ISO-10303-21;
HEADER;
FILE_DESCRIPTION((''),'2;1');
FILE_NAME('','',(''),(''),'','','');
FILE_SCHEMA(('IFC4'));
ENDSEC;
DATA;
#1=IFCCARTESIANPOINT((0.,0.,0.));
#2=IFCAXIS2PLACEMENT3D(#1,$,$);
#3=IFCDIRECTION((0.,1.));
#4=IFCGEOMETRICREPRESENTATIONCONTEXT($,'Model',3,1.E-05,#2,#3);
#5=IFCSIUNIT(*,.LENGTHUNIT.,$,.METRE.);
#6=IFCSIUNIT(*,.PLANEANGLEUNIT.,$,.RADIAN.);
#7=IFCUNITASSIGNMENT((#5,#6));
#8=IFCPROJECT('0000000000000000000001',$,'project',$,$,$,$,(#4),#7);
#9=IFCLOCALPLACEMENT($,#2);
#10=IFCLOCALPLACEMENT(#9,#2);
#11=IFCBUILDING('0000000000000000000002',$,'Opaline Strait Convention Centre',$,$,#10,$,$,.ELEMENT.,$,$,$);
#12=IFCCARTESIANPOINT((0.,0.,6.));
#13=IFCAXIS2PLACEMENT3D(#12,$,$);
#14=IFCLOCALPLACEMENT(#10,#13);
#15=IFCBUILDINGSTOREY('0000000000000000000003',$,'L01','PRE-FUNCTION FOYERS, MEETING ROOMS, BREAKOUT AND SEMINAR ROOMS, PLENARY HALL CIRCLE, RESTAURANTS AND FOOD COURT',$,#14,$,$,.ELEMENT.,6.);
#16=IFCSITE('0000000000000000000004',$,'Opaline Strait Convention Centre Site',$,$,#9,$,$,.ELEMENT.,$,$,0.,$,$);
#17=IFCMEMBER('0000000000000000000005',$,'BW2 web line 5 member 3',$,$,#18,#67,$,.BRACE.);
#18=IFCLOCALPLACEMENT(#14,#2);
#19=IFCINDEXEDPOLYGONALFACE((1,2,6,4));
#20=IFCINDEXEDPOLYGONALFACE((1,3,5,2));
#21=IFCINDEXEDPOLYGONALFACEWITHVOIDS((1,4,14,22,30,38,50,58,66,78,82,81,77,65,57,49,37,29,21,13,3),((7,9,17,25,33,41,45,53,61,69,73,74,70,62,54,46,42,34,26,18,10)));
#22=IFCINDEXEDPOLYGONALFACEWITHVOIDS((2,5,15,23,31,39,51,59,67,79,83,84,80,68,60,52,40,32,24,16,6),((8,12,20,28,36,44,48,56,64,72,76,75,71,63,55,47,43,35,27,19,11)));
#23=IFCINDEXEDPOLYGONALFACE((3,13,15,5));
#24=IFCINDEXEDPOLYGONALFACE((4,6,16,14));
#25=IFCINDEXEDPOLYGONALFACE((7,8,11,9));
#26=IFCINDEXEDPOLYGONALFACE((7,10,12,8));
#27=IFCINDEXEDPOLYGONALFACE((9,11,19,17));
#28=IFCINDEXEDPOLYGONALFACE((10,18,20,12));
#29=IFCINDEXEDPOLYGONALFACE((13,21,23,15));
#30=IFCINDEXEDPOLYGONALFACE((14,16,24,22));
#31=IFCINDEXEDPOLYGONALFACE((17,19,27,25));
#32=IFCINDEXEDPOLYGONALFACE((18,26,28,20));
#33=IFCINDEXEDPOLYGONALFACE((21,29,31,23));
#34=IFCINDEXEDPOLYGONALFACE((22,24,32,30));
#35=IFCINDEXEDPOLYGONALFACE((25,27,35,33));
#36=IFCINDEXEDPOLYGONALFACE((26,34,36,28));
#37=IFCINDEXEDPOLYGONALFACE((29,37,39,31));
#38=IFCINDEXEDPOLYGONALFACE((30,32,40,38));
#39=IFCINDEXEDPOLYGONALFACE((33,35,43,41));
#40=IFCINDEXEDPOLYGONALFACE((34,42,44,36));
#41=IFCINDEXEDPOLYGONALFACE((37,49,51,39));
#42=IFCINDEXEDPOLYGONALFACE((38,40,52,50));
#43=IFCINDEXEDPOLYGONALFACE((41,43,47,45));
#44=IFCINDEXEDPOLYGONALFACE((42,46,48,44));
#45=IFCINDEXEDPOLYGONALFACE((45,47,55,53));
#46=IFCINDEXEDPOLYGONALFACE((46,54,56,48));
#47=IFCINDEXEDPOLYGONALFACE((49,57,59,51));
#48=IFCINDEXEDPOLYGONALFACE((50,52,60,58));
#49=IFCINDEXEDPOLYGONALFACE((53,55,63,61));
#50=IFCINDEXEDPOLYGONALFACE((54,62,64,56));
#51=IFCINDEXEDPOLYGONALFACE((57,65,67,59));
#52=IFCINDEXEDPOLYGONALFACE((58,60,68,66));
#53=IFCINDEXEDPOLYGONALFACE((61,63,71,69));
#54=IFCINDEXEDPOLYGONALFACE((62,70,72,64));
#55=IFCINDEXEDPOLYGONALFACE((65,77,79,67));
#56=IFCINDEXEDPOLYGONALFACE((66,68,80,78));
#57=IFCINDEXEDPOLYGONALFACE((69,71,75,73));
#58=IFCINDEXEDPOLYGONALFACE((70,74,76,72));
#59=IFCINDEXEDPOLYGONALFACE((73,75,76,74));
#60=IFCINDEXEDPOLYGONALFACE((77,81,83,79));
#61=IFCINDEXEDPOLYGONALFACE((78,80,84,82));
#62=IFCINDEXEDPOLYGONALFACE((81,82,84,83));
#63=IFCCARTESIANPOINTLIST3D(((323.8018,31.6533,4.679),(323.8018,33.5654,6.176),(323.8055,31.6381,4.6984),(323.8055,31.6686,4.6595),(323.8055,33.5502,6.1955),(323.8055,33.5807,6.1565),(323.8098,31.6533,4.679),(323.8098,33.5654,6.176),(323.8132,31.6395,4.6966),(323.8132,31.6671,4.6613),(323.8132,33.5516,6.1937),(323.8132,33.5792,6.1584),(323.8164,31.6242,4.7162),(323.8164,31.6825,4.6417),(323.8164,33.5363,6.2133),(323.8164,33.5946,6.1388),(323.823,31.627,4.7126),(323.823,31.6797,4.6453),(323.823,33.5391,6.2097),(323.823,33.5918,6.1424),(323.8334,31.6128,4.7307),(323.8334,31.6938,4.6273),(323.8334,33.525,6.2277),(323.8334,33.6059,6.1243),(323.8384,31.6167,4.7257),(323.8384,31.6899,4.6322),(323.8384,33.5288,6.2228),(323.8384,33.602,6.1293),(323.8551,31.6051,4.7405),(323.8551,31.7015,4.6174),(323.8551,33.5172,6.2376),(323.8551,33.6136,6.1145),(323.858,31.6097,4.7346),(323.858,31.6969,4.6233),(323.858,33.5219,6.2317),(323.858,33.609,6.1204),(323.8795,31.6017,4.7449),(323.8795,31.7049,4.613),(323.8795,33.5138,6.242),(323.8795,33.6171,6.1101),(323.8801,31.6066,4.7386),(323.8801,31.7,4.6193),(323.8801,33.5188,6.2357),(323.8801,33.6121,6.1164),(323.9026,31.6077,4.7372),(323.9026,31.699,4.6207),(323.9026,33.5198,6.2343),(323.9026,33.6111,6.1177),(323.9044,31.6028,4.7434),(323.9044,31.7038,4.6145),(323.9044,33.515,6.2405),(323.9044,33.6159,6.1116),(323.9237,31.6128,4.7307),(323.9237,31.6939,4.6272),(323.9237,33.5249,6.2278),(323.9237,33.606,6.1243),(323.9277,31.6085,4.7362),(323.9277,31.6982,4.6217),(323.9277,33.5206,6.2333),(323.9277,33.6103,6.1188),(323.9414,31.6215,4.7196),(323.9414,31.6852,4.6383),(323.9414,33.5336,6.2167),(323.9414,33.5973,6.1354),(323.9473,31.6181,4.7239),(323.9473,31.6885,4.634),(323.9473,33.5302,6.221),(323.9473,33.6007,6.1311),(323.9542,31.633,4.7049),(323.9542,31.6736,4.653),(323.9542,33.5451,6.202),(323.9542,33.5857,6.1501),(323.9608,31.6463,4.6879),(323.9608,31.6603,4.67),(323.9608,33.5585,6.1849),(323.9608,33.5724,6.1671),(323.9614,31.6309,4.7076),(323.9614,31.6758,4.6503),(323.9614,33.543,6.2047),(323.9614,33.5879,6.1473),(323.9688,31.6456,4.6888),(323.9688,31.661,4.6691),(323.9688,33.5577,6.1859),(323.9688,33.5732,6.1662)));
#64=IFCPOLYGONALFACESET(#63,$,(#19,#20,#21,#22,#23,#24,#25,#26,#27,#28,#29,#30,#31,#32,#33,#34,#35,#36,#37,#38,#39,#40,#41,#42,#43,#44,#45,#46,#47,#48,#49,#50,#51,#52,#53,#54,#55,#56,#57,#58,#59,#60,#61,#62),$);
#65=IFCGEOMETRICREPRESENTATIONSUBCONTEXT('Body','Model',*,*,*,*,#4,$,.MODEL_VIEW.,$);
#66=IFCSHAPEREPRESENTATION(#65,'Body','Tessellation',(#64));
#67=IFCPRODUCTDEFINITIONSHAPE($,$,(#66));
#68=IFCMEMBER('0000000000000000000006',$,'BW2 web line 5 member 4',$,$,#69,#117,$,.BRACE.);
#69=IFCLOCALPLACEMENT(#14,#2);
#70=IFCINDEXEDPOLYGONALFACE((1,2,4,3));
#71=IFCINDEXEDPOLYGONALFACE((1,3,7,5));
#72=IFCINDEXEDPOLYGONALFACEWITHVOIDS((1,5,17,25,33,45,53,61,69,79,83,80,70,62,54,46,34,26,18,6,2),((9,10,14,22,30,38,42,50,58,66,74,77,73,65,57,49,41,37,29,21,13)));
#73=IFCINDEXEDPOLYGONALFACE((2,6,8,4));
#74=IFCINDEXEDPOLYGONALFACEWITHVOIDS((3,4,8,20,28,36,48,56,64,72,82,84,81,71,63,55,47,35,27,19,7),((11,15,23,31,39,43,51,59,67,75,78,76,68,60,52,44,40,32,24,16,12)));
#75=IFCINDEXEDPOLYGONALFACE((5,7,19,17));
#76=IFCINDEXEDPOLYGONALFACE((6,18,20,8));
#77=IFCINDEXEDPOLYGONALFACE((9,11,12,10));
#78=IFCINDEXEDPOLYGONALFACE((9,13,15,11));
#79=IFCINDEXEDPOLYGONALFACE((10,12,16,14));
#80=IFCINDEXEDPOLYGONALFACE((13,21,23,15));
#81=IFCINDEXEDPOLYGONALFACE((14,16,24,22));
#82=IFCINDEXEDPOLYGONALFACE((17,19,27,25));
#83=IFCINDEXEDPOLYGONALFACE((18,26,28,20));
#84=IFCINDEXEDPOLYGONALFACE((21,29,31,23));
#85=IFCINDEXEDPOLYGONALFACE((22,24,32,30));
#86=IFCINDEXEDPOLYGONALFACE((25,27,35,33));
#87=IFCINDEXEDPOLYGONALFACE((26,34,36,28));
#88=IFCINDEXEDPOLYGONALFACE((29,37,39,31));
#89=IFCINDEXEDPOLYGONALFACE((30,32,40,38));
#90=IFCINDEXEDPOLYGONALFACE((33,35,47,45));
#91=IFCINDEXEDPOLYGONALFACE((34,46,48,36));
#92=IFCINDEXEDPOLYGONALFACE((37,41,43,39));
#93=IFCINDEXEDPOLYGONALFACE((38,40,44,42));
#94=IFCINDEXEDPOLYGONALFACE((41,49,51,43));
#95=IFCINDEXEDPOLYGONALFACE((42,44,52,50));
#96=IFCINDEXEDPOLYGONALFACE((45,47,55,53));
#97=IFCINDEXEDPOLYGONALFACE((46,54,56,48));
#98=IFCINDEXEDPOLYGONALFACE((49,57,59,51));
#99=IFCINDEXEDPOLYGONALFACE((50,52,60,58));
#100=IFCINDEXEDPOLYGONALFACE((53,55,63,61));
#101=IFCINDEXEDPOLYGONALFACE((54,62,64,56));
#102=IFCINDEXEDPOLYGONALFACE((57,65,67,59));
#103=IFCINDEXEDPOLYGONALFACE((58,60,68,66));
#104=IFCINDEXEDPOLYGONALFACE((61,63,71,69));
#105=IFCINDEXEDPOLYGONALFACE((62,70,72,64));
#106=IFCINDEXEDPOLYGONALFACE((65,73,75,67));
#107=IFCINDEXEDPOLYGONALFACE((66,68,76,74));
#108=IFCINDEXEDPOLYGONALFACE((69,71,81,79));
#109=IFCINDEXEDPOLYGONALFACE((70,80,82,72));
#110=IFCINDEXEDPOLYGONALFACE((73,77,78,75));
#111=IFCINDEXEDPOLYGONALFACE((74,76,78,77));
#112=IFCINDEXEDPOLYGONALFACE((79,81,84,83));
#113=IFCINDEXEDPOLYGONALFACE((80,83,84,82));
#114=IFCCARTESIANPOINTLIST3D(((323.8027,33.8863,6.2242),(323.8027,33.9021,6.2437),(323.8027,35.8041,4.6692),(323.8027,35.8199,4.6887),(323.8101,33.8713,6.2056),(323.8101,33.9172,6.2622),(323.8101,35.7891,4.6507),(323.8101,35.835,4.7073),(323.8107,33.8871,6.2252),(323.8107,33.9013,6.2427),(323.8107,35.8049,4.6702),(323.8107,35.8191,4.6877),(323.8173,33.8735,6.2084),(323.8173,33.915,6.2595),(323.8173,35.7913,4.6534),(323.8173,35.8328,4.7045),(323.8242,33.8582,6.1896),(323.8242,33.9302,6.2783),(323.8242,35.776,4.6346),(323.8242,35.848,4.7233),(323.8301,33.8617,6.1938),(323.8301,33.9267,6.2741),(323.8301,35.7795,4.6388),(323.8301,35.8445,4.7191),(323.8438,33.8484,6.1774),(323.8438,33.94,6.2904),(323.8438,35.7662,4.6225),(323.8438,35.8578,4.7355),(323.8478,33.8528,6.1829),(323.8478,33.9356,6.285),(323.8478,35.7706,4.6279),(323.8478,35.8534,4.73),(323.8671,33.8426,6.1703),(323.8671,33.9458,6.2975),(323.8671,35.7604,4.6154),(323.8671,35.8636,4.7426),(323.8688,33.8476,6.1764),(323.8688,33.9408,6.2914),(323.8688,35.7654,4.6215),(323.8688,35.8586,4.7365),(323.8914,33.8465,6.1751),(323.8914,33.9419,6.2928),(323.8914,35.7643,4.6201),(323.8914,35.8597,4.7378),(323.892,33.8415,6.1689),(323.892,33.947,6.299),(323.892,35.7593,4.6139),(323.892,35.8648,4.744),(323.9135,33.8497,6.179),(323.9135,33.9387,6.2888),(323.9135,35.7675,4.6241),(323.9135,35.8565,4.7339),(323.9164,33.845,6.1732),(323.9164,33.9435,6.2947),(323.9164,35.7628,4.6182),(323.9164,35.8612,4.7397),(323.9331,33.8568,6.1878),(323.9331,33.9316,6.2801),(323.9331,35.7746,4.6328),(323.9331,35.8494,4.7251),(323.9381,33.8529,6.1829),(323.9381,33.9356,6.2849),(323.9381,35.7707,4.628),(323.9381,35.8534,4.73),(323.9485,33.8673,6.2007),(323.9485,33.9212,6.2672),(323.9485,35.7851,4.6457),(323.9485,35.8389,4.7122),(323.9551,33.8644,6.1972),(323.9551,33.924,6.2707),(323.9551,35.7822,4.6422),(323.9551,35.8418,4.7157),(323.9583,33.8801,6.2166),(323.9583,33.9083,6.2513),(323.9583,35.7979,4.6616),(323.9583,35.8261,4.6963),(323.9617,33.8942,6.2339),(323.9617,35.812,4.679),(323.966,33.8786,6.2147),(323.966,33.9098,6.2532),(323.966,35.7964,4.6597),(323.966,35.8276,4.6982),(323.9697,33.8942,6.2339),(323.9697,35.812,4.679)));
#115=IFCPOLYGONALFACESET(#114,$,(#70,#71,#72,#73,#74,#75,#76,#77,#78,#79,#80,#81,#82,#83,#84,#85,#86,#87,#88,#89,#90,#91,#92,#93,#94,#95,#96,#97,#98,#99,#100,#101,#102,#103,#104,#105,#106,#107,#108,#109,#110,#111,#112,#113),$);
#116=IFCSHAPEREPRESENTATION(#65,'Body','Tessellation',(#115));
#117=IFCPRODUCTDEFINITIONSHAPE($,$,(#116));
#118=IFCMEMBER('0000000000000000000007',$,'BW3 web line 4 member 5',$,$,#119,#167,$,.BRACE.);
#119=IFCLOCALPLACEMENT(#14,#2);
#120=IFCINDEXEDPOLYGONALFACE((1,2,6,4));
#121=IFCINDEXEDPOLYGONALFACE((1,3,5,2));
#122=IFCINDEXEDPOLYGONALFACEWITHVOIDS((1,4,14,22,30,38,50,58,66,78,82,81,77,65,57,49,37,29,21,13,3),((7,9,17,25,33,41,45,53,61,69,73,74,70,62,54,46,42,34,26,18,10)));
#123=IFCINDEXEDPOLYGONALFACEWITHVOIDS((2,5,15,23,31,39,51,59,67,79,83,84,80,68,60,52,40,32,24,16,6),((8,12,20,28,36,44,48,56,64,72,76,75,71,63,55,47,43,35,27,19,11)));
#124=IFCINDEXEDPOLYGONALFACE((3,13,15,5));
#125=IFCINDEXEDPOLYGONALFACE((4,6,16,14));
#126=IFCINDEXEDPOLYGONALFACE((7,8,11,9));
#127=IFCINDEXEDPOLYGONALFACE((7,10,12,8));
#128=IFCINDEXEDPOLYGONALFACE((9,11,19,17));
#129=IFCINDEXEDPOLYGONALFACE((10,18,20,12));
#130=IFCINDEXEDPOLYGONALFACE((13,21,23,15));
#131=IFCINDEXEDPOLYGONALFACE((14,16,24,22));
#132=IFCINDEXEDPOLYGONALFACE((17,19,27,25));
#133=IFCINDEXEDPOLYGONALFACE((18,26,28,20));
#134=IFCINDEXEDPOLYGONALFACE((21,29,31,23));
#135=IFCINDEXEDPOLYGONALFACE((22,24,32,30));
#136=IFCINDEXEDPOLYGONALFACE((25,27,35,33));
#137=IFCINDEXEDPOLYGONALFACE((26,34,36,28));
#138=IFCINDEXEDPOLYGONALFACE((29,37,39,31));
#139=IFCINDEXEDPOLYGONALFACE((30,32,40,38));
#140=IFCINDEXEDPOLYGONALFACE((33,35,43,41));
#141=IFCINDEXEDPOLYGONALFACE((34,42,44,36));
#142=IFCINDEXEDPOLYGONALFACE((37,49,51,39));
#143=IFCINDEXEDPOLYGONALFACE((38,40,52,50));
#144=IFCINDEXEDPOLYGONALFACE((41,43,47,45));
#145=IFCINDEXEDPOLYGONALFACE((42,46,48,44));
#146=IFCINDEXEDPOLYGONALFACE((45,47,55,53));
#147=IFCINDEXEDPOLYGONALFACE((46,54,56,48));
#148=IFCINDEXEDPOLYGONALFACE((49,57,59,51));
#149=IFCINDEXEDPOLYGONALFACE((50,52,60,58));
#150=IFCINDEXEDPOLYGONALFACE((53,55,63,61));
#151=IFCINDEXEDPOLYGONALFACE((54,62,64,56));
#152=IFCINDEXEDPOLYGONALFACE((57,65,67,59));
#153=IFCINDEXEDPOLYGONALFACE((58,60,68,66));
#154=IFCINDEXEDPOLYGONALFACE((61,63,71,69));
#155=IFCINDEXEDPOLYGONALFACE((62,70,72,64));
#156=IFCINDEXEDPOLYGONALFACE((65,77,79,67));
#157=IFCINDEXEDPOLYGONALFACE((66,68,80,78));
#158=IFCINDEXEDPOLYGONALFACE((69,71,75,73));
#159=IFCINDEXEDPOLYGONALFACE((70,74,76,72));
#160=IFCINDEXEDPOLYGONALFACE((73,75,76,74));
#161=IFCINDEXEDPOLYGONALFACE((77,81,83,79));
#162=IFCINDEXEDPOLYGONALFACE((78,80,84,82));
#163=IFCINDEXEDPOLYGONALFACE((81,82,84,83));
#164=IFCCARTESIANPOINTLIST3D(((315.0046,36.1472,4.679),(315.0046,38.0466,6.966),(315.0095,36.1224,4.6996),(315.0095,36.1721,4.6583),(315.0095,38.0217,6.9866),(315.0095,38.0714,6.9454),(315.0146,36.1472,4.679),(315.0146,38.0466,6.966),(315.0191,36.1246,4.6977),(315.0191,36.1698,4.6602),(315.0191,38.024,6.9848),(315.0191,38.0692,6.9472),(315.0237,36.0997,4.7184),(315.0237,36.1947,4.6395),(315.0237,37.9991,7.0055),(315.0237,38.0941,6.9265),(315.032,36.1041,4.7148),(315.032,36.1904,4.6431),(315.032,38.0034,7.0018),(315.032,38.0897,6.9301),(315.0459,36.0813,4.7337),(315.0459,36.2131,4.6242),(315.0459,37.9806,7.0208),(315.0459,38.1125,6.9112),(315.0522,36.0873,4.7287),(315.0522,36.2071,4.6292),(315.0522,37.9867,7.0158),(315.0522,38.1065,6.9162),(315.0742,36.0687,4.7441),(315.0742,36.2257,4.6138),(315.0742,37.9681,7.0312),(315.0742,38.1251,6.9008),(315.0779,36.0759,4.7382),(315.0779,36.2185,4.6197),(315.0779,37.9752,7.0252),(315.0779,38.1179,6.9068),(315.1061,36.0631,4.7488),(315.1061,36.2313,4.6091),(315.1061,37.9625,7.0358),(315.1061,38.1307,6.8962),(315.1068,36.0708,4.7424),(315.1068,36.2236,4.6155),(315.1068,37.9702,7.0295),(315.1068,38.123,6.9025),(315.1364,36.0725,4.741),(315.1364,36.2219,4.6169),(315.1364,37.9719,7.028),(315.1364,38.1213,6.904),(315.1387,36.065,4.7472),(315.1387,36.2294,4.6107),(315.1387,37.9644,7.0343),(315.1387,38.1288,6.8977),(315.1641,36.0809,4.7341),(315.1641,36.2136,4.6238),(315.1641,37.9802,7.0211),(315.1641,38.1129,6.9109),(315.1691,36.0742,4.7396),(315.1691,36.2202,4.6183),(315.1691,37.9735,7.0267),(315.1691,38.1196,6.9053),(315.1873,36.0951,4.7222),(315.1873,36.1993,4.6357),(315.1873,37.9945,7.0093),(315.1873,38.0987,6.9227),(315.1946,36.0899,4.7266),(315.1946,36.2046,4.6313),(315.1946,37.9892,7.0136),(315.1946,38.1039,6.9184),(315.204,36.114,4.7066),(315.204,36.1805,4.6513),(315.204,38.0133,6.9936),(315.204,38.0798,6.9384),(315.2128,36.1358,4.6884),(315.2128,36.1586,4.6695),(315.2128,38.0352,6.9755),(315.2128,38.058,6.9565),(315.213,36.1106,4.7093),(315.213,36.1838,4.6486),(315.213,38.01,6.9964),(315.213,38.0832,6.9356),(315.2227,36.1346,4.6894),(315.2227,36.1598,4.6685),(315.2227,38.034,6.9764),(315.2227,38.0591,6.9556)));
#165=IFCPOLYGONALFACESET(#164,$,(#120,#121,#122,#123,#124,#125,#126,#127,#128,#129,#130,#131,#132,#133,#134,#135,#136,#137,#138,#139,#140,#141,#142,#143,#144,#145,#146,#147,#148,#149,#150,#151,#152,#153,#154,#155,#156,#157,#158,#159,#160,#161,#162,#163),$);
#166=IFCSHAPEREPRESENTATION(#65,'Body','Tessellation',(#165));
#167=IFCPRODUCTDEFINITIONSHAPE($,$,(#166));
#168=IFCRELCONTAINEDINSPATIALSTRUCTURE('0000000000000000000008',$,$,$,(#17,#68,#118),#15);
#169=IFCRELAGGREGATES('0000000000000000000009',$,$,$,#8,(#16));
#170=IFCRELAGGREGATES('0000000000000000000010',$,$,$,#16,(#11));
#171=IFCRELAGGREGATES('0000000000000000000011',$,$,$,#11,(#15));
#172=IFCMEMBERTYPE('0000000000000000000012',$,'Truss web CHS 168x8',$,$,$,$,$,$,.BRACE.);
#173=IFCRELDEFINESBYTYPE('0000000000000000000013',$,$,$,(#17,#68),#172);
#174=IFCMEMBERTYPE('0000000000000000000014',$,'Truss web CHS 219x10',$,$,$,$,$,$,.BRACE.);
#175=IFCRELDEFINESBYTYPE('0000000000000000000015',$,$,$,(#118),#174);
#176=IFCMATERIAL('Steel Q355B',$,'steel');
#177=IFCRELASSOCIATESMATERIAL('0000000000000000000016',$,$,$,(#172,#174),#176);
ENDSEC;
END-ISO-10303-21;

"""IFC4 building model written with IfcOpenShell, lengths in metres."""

from ifc_helpers import new_model, si_unit, direction, frame, origin, origin_2d, place, context, subcontext, project, spatial, hollow_circle, extrude, material, material_profile, profile_set, type_object, element, save


model = new_model("IFC4")

# Units and contexts
model_context = context("Model", 3, precision=1e-05, world=origin(), true_north=direction((0.0, 1.0)))
body_context = subcontext(model_context, "Body", "Model", "MODEL_VIEW")
ifc_project = project(units=[si_unit("LENGTHUNIT", "METRE"), si_unit("PLANEANGLEUNIT", "RADIAN")], contexts=[model_context])

# Site, building, storey
site_placement = place(None, origin())
site = spatial("IfcSite", under=ifc_project, at=site_placement, Name="Opaline Strait Convention Centre Site", CompositionType="ELEMENT", RefElevation=0.0)
building_placement = place(site_placement, origin())
building = spatial("IfcBuilding", under=site, at=building_placement, Name="Opaline Strait Convention Centre", CompositionType="ELEMENT")
storey_placement = place(building_placement, frame((0.0, 0.0, 6.0)))
storey = spatial("IfcBuildingStorey", under=building, at=storey_placement, Name="L01", Description="PRE-FUNCTION FOYERS, MEETING ROOMS, BREAKOUT AND SEMINAR ROOMS, PLENARY HALL CIRCLE, RESTAURANTS AND FOOD COURT", CompositionType="ELEMENT", Elevation=6.0)

# Members
ifc_material_1 = material(Name="Steel Q355B", Category="steel")
ifc_material_profile_1 = material_profile(ifc_material_1, hollow_circle(Radius=0.084, WallThickness=0.0081, at=origin_2d()), Name="CHS 168x8")
ifc_profile_set_1 = profile_set([ifc_material_profile_1], Name="Steel Q355B")
member_type_1 = type_object("IfcMemberType", Name="Truss web CHS 168x8", PredefinedType="BRACE", material=ifc_profile_set_1)
member_1_placement = place(storey_placement, frame((323.8857, 31.6533, 4.679), z_axis=(0.0, 0.787378, 0.616471), x_axis=(-1.0, 0.0, 0.0)))
element("IfcMember", 1, at=member_1_placement, inside=storey, type_object=member_type_1, Name="BW2 web line 5 member 3", PredefinedType="BRACE", context=body_context, shape_type="SweptSolid", body=[
    extrude(hollow_circle(Radius=0.084, WallThickness=0.0081, at=origin_2d()), origin(), (0.0, 0.0, 1.0), 2.4285),
])
member_2_placement = place(storey_placement, frame((323.8857, 35.812, 4.679), z_axis=(0.0, -0.776752, 0.629807), x_axis=(1.0, 0.0, 0.0)))
element("IfcMember", 2, at=member_2_placement, inside=storey, type_object=member_type_1, Name="BW2 web line 5 member 4", PredefinedType="BRACE", context=body_context, shape_type="SweptSolid", body=[
    extrude(hollow_circle(Radius=0.084, WallThickness=0.0081, at=origin_2d()), origin(), (0.0, 0.0, 1.0), 2.469),
])
ifc_material_profile_2 = material_profile(ifc_material_1, hollow_circle(Radius=0.1096, WallThickness=0.01, at=origin_2d()), Name="CHS 219x10")
ifc_profile_set_2 = profile_set([ifc_material_profile_2], Name="Steel Q355B")
member_type_2 = type_object("IfcMemberType", Name="Truss web CHS 219x10", PredefinedType="BRACE", material=ifc_profile_set_2)
member_3_placement = place(storey_placement, frame((315.1143, 36.1472, 4.679), z_axis=(0.0, 0.638891, 0.769297), x_axis=(-1.0, 0.0, 0.0)))
element("IfcMember", 3, at=member_3_placement, inside=storey, type_object=member_type_2, Name="BW3 web line 4 member 5", PredefinedType="BRACE", context=body_context, shape_type="SweptSolid", body=[
    extrude(hollow_circle(Radius=0.1096, WallThickness=0.01, at=origin_2d()), origin(), (0.0, 0.0, 1.0), 2.9729),
])

save(model, "model.ifc")
